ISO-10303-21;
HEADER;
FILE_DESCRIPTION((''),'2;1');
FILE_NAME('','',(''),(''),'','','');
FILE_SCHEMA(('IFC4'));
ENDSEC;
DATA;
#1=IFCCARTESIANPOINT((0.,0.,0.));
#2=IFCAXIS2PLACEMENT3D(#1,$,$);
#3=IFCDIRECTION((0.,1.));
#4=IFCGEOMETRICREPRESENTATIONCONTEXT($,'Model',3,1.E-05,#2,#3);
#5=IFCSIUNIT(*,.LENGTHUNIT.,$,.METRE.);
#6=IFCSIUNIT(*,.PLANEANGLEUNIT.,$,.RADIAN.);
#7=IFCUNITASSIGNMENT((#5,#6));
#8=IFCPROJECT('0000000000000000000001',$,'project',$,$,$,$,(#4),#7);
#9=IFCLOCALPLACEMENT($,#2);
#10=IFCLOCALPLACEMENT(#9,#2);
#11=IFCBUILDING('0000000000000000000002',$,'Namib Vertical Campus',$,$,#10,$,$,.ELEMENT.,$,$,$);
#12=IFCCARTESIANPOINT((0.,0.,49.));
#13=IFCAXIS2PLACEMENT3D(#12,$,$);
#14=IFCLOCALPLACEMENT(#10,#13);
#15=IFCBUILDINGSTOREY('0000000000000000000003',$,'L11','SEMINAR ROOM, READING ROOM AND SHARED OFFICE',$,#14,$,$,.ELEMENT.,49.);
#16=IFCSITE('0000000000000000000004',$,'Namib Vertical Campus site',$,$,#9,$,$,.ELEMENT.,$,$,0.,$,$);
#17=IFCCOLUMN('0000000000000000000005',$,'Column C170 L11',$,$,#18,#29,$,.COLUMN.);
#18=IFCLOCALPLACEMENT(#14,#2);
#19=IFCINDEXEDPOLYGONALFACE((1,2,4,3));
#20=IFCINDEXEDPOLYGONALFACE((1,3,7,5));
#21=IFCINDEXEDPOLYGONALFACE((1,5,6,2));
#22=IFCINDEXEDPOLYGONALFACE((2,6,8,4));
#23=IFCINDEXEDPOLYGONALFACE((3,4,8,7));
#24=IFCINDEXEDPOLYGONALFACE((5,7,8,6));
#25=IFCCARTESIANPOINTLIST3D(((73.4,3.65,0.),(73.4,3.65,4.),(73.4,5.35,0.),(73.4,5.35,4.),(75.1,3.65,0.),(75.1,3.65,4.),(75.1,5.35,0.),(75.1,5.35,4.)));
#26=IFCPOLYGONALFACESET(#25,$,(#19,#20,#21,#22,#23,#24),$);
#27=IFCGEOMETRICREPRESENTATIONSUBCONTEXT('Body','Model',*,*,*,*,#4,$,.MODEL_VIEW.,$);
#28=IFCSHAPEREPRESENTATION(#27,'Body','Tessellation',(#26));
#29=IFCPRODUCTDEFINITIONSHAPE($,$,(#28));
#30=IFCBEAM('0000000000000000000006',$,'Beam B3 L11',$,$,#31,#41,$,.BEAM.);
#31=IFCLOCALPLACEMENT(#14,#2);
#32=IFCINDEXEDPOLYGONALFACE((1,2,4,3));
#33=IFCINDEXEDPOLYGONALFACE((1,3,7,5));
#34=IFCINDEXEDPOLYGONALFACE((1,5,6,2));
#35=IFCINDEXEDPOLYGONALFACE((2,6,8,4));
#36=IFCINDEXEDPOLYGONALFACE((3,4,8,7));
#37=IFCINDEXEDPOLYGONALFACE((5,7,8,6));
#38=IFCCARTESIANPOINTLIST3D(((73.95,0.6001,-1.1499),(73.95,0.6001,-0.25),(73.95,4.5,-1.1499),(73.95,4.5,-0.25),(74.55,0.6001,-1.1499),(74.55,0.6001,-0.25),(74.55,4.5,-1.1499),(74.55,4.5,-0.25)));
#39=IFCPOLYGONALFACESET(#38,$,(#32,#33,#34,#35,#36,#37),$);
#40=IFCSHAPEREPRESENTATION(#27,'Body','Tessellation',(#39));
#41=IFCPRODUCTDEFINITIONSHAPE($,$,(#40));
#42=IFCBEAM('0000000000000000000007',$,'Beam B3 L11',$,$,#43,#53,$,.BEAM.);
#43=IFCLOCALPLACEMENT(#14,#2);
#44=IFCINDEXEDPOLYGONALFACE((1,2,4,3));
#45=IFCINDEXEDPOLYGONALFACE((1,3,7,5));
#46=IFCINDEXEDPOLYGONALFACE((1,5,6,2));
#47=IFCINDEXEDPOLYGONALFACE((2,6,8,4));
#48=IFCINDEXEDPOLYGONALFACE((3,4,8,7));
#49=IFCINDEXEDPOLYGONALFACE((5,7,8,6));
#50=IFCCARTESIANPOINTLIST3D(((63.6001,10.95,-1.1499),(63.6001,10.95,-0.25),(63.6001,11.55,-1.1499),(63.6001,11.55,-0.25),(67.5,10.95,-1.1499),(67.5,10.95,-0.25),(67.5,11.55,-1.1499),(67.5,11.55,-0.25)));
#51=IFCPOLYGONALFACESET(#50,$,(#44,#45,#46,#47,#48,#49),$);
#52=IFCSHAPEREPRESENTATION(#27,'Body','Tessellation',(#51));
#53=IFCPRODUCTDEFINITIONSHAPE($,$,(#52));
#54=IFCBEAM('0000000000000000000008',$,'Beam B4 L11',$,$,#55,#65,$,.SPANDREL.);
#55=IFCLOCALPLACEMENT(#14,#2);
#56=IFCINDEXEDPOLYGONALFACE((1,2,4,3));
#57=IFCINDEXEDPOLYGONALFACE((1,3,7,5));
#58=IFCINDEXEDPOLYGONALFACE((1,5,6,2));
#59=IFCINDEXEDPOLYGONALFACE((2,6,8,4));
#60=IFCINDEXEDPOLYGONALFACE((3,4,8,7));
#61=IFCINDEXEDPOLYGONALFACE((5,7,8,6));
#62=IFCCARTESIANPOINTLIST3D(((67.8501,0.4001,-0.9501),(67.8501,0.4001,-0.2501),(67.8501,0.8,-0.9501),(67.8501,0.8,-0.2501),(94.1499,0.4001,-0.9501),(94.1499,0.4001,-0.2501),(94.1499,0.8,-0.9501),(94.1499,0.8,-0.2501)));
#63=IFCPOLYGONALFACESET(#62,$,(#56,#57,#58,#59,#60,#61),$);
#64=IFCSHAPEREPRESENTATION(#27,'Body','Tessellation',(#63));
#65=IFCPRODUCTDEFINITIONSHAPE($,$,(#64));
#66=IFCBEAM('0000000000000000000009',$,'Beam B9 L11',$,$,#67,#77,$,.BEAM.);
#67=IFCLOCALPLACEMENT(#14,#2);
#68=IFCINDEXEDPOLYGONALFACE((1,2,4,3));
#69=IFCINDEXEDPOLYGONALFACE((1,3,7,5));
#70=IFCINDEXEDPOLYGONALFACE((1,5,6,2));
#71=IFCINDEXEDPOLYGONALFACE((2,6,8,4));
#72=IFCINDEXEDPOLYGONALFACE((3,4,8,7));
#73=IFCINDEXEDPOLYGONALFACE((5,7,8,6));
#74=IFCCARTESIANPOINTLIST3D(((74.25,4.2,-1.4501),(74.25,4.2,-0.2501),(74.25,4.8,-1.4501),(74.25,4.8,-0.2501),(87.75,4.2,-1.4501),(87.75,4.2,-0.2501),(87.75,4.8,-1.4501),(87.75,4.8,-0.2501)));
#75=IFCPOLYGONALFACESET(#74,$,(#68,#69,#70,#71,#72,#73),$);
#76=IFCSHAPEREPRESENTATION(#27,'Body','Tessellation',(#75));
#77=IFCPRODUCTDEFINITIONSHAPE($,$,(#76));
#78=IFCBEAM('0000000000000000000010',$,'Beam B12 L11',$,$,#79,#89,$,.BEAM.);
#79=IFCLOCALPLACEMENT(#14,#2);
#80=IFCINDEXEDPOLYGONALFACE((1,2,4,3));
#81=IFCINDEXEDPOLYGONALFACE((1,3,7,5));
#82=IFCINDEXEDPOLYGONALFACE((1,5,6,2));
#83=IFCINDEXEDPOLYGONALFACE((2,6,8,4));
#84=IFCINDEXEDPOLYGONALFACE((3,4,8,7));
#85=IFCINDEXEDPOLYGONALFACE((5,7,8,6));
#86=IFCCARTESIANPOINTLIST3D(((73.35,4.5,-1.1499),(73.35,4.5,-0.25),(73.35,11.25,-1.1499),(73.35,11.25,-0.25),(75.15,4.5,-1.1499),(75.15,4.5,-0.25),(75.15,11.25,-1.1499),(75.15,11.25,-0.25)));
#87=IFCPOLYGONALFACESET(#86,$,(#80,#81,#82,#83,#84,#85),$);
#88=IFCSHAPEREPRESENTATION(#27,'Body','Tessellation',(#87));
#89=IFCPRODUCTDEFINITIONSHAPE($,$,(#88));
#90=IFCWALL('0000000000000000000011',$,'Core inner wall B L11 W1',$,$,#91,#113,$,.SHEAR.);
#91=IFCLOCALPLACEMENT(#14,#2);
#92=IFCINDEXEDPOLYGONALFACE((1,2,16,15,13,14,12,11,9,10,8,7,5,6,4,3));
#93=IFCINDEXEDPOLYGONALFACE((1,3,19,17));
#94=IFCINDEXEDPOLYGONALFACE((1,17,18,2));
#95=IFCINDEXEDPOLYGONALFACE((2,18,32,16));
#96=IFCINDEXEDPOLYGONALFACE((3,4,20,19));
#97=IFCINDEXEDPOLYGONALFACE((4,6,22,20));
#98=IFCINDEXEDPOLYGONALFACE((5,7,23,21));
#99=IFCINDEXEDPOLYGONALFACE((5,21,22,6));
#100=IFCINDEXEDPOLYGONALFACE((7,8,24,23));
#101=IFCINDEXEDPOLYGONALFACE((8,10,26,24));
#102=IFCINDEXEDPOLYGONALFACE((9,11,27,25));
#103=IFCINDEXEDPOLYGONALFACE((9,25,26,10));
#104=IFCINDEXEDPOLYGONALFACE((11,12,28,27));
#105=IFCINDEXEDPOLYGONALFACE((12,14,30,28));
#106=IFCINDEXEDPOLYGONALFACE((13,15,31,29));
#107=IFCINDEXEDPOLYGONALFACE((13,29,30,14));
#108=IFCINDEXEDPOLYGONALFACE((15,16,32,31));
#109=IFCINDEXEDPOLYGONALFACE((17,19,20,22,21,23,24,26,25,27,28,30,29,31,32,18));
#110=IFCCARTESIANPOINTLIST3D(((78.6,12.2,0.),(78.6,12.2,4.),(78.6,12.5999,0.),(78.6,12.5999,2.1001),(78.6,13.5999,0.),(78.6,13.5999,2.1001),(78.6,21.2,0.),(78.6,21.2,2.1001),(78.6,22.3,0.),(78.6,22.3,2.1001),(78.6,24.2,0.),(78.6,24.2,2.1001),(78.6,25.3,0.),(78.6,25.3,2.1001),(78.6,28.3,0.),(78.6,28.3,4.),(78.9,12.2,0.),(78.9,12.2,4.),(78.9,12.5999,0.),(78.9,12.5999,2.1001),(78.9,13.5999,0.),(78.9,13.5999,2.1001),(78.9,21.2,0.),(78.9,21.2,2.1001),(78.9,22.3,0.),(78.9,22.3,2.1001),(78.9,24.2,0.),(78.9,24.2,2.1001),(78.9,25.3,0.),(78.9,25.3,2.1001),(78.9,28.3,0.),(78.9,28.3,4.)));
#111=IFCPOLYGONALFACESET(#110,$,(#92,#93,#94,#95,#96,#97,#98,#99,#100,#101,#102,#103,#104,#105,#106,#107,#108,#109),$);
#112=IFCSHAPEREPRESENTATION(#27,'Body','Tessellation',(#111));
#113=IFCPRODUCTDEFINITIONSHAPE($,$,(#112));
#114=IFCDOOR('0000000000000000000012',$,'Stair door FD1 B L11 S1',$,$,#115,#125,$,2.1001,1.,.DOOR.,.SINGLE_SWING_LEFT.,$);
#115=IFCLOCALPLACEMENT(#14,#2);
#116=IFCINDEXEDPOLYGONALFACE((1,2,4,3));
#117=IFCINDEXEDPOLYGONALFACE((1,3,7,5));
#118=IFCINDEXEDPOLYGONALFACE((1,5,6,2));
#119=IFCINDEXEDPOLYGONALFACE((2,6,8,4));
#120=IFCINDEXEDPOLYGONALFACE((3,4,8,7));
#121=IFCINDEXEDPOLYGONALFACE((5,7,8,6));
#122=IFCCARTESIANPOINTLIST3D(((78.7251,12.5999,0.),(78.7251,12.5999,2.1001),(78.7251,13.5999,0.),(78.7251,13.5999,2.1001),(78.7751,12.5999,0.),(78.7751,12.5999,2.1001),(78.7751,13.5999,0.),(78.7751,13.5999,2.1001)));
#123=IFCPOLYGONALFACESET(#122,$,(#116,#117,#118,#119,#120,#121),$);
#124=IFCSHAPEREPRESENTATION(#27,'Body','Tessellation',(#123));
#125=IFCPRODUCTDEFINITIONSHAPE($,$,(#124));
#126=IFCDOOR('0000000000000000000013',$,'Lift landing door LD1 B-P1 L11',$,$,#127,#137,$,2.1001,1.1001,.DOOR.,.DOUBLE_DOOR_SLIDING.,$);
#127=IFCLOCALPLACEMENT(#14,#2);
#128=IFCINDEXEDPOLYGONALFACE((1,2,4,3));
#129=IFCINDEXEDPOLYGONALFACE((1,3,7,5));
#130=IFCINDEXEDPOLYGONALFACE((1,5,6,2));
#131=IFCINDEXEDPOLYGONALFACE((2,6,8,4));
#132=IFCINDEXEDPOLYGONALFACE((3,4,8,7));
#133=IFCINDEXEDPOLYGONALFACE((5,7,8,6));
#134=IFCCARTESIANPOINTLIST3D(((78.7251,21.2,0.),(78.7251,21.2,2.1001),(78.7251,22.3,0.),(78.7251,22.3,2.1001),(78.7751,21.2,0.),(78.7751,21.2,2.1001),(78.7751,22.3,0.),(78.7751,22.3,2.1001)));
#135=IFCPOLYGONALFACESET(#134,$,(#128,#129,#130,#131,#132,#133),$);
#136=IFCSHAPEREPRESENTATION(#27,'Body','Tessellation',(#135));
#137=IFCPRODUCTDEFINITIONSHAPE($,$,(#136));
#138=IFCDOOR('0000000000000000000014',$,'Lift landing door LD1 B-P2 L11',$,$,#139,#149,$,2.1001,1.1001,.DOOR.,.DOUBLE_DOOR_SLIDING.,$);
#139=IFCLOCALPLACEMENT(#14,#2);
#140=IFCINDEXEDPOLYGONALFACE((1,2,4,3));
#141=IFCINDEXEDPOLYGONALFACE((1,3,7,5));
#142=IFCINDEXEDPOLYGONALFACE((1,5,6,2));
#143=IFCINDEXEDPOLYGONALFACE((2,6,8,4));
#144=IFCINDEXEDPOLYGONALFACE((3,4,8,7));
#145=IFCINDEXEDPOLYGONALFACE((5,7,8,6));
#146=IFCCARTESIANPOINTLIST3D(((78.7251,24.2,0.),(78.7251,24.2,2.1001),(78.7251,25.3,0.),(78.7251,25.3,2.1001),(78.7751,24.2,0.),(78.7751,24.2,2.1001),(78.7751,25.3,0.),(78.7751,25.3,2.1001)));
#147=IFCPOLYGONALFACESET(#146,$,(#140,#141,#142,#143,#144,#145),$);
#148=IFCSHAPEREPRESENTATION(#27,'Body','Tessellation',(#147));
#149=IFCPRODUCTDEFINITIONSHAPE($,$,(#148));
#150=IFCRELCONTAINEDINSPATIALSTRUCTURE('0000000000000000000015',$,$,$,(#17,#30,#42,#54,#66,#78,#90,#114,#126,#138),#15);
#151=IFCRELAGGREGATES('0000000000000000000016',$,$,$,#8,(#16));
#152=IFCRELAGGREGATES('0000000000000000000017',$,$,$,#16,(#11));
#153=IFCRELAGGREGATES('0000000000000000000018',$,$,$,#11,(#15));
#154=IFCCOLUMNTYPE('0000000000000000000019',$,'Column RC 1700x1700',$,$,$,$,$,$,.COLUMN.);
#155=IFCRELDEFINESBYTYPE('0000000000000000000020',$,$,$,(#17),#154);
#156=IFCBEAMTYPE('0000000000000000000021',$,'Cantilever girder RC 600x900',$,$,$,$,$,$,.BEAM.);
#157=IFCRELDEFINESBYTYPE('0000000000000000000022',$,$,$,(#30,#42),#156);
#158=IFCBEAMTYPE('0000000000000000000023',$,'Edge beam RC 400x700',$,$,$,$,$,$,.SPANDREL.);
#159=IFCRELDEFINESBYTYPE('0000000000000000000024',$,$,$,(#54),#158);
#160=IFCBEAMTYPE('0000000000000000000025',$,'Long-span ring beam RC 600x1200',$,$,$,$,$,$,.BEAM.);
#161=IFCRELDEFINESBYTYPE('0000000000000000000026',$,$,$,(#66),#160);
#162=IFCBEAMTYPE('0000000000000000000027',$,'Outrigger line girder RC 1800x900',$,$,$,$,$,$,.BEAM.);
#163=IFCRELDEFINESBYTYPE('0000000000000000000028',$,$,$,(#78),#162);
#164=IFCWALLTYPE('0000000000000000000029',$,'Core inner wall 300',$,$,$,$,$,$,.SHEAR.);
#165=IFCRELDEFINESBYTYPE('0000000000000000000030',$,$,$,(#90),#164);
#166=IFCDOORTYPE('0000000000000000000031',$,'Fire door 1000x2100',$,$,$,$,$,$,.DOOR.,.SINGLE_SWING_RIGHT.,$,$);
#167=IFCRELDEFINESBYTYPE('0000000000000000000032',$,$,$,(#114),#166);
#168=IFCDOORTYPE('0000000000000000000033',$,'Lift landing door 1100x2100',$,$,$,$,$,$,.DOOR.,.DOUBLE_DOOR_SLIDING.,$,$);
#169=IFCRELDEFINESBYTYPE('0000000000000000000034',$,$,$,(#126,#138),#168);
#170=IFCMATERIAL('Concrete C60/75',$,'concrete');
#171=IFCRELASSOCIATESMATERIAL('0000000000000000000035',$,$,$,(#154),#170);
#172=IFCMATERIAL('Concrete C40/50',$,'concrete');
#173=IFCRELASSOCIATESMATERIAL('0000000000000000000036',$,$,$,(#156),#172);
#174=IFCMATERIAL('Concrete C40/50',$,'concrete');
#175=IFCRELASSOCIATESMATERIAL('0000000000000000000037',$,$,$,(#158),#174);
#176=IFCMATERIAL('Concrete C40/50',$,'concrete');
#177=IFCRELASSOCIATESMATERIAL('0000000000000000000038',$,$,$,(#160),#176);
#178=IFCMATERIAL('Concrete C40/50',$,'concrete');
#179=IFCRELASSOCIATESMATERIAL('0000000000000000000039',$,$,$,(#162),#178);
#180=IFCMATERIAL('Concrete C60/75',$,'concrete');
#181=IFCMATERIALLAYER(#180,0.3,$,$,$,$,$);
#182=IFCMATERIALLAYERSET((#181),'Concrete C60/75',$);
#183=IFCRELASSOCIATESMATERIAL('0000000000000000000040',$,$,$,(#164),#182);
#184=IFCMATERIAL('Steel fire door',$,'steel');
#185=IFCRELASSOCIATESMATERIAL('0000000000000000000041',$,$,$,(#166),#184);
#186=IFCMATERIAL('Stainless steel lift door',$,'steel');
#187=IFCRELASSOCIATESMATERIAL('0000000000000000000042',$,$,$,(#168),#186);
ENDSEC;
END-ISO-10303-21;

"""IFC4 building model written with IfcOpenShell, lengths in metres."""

from ifc_helpers import new_model, si_unit, direction, frame, frame_2d, origin, origin_2d, place, context, subcontext, project, spatial, rectangle, extrude, material, layer, layer_set, material_profile, profile_set, type_object, element, fill, save


model = new_model("IFC4")

# Units and contexts
model_context = context("Model", 3, precision=1e-05, world=origin(), true_north=direction((0.0, 1.0)))
body_context = subcontext(model_context, "Body", "Model", "MODEL_VIEW")
ifc_project = project(units=[si_unit("LENGTHUNIT", "METRE"), si_unit("PLANEANGLEUNIT", "RADIAN")], contexts=[model_context])

# Site, building, storey
site_placement = place(None, origin())
site = spatial("IfcSite", under=ifc_project, at=site_placement, Name="Namib Vertical Campus site", CompositionType="ELEMENT", RefElevation=0.0)
building_placement = place(site_placement, origin())
building = spatial("IfcBuilding", under=site, at=building_placement, Name="Namib Vertical Campus", CompositionType="ELEMENT")
storey_placement = place(building_placement, frame((0.0, 0.0, 49.0)))
storey = spatial("IfcBuildingStorey", under=building, at=storey_placement, Name="L11", Description="SEMINAR ROOM, READING ROOM AND SHARED OFFICE", CompositionType="ELEMENT", Elevation=49.0)

# Column
ifc_material_1 = material(Name="Concrete C60/75", Category="concrete")
ifc_material_profile_1 = material_profile(ifc_material_1, rectangle(XDim=1.7, YDim=1.7, at=origin_2d()))
ifc_profile_set_1 = profile_set([ifc_material_profile_1], Name="Concrete C60/75")
column_type = type_object("IfcColumnType", Name="Column RC 1700x1700", PredefinedType="COLUMN", material=ifc_profile_set_1)
column_placement = place(storey_placement, frame((74.25, 4.5, 0.0), z_axis=(0.0, 0.0, 1.0), x_axis=(1.0, 0.0, 0.0)))
element("IfcColumn", 1, at=column_placement, inside=storey, type_object=column_type, Name="Column C170 L11", PredefinedType="COLUMN", context=body_context, shape_type="SweptSolid", body=[
    extrude(rectangle(XDim=1.7, YDim=1.7, at=origin_2d()), origin(), (0.0, 0.0, 1.0), 4.0),
])

# Beams
ifc_material_2 = material(Name="Concrete C40/50", Category="concrete")
ifc_material_profile_2 = material_profile(ifc_material_2, rectangle(XDim=0.6001, YDim=0.8999, at=origin_2d()))
ifc_profile_set_2 = profile_set([ifc_material_profile_2], Name="Concrete C40/50")
beam_type_1 = type_object("IfcBeamType", Name="Cantilever girder RC 600x900", PredefinedType="BEAM", material=ifc_profile_set_2)
for number, where, z_axis, x_axis, name in (
    (2, (74.25, 4.5, -0.7), (0.0, -1.0, 0.0), (1.0, 0.0, 0.0), "Beam B3 L11"),
    (3, (67.5, 11.25, -0.7), (-1.0, 0.0, 0.0), (0.0, -1.0, 0.0), "Beam B3 L11"),
):
    element("IfcBeam", number, at=place(storey_placement, frame(where, z_axis=z_axis, x_axis=x_axis)), inside=storey, type_object=beam_type_1, Name=name, PredefinedType="BEAM", context=body_context, shape_type="SweptSolid", body=[
        extrude(rectangle(XDim=0.6001, YDim=0.8999, at=origin_2d()), origin(), (0.0, 0.0, 1.0), 3.8999),
    ])
ifc_material_3 = material(Name="Concrete C40/50", Category="concrete")
ifc_material_profile_3 = material_profile(ifc_material_3, rectangle(XDim=0.3999, YDim=0.7, at=origin_2d()))
ifc_profile_set_3 = profile_set([ifc_material_profile_3], Name="Concrete C40/50")
beam_type_2 = type_object("IfcBeamType", Name="Edge beam RC 400x700", PredefinedType="SPANDREL", material=ifc_profile_set_3)
beam_1_placement = place(storey_placement, frame((67.8501, 0.6001, -0.6001), z_axis=(1.0, 0.0, 0.0), x_axis=(0.0, 1.0, 0.0)))
element("IfcBeam", 4, at=beam_1_placement, inside=storey, type_object=beam_type_2, Name="Beam B4 L11", PredefinedType="SPANDREL", context=body_context, shape_type="SweptSolid", body=[
    extrude(rectangle(XDim=0.3999, YDim=0.7, at=origin_2d()), origin(), (0.0, 0.0, 1.0), 26.2998),
])
ifc_material_4 = material(Name="Concrete C40/50", Category="concrete")
ifc_material_profile_4 = material_profile(ifc_material_4, rectangle(XDim=0.6001, YDim=1.2, at=origin_2d()))
ifc_profile_set_4 = profile_set([ifc_material_profile_4], Name="Concrete C40/50")
beam_type_3 = type_object("IfcBeamType", Name="Long-span ring beam RC 600x1200", PredefinedType="BEAM", material=ifc_profile_set_4)
beam_2_placement = place(storey_placement, frame((74.25, 4.5, -0.8501), z_axis=(1.0, 0.0, 0.0), x_axis=(0.0, 1.0, 0.0)))
element("IfcBeam", 5, at=beam_2_placement, inside=storey, type_object=beam_type_3, Name="Beam B9 L11", PredefinedType="BEAM", context=body_context, shape_type="SweptSolid", body=[
    extrude(rectangle(XDim=0.6001, YDim=1.2, at=origin_2d()), origin(), (0.0, 0.0, 1.0), 13.5),
])
ifc_material_5 = material(Name="Concrete C40/50", Category="concrete")
ifc_material_profile_5 = material_profile(ifc_material_5, rectangle(XDim=1.8, YDim=0.8999, at=origin_2d()))
ifc_profile_set_5 = profile_set([ifc_material_profile_5], Name="Concrete C40/50")
beam_type_4 = type_object("IfcBeamType", Name="Outrigger line girder RC 1800x900", PredefinedType="BEAM", material=ifc_profile_set_5)
beam_3_placement = place(storey_placement, frame((74.25, 4.5, -0.7), z_axis=(0.0, 1.0, 0.0), x_axis=(-1.0, 0.0, 0.0)))
element("IfcBeam", 6, at=beam_3_placement, inside=storey, type_object=beam_type_4, Name="Beam B12 L11", PredefinedType="BEAM", context=body_context, shape_type="SweptSolid", body=[
    extrude(rectangle(XDim=1.8, YDim=0.8999, at=origin_2d()), origin(), (0.0, 0.0, 1.0), 6.75),
])

# Wall, openings, doors
ifc_material_6 = material(Name="Concrete C60/75", Category="concrete")
ifc_layer_1 = layer(ifc_material_6, 0.3)
ifc_layer_set_1 = layer_set([ifc_layer_1], Name="Concrete C60/75")
wall_type_1 = type_object("IfcWallType", Name="Core inner wall 300", PredefinedType="SHEAR", material=ifc_layer_set_1)
wall_1_placement = place(storey_placement, frame((78.75, 12.2, 0.0), z_axis=(0.0, 0.0, 1.0), x_axis=(0.0, 1.0, 0.0)))
wall_1 = element("IfcWall", 7, at=wall_1_placement, inside=storey, type_object=wall_type_1, Name="Core inner wall B L11 W1", PredefinedType="SHEAR", context=body_context, shape_type="SweptSolid", body=[
    extrude(rectangle(XDim=16.1001, YDim=0.3, at=frame_2d((8.05, 0.0))), origin(), (0.0, 0.0, 1.0), 4.0),
])
opening_1_placement = place(wall_1_placement, frame((0.3999, 0.0, 0.0)))
opening_1 = element("IfcOpeningElement", 8, at=opening_1_placement, cuts=wall_1, PredefinedType="OPENING", context=body_context, shape_type="SweptSolid", body=[
    extrude(rectangle(XDim=1.0, YDim=2.1001, at=frame_2d((0.5, 1.05))), frame((0.0, 0.1599, 0.0), z_axis=(0.0, -1.0, 0.0), x_axis=(1.0, 0.0, 0.0)), (0.0, 0.0, 1.0), 0.3201),
])
opening_2_placement = place(wall_1_placement, frame((9.0, 0.0, 0.0)))
opening_2 = element("IfcOpeningElement", 9, at=opening_2_placement, cuts=wall_1, PredefinedType="OPENING", context=body_context, shape_type="SweptSolid", body=[
    extrude(rectangle(XDim=1.1001, YDim=2.1001, at=frame_2d((0.55, 1.05))), frame((0.0, 0.1599, 0.0), z_axis=(0.0, -1.0, 0.0), x_axis=(1.0, 0.0, 0.0)), (0.0, 0.0, 1.0), 0.3201),
])
opening_3_placement = place(wall_1_placement, frame((12.0, 0.0, 0.0)))
opening_3 = element("IfcOpeningElement", 10, at=opening_3_placement, cuts=wall_1, PredefinedType="OPENING", context=body_context, shape_type="SweptSolid", body=[
    extrude(rectangle(XDim=1.1001, YDim=2.1001, at=frame_2d((0.55, 1.05))), frame((0.0, 0.1599, 0.0), z_axis=(0.0, -1.0, 0.0), x_axis=(1.0, 0.0, 0.0)), (0.0, 0.0, 1.0), 0.3201),
])
ifc_material_7 = material(Name="Steel fire door", Category="steel")
door_type_1 = type_object("IfcDoorType", Name="Fire door 1000x2100", OperationType="SINGLE_SWING_RIGHT", PredefinedType="DOOR", material=ifc_material_7)
door_1_placement = place(opening_1_placement, origin())
door_1 = element("IfcDoor", 11, at=door_1_placement, inside=storey, type_object=door_type_1, Name="Stair door FD1 B L11 S1", OperationType="SINGLE_SWING_LEFT", OverallHeight=2.1001, OverallWidth=1.0, PredefinedType="DOOR", context=body_context, shape_type="SweptSolid", body=[
    extrude(rectangle(XDim=1.0, YDim=2.1001, at=frame_2d((0.5, 1.05))), frame((0.0, 0.0249, 0.0), z_axis=(0.0, -1.0, 0.0), x_axis=(1.0, 0.0, 0.0)), (0.0, 0.0, 1.0), 0.05),
])
fill(opening_1, door_1)
ifc_material_8 = material(Name="Stainless steel lift door", Category="steel")
door_type_2 = type_object("IfcDoorType", Name="Lift landing door 1100x2100", OperationType="DOUBLE_DOOR_SLIDING", PredefinedType="DOOR", material=ifc_material_8)
door_2_placement = place(opening_2_placement, origin())
door_2 = element("IfcDoor", 12, at=door_2_placement, inside=storey, type_object=door_type_2, Name="Lift landing door LD1 B-P1 L11", OperationType="DOUBLE_DOOR_SLIDING", OverallHeight=2.1001, OverallWidth=1.1001, PredefinedType="DOOR", context=body_context, shape_type="SweptSolid", body=[
    extrude(rectangle(XDim=1.1001, YDim=2.1001, at=frame_2d((0.55, 1.05))), frame((0.0, 0.0249, 0.0), z_axis=(0.0, -1.0, 0.0), x_axis=(1.0, 0.0, 0.0)), (0.0, 0.0, 1.0), 0.05),
])
fill(opening_2, door_2)
door_3_placement = place(opening_3_placement, origin())
door_3 = element("IfcDoor", 13, at=door_3_placement, inside=storey, type_object=door_type_2, Name="Lift landing door LD1 B-P2 L11", OperationType="DOUBLE_DOOR_SLIDING", OverallHeight=2.1001, OverallWidth=1.1001, PredefinedType="DOOR", context=body_context, shape_type="SweptSolid", body=[
    extrude(rectangle(XDim=1.1001, YDim=2.1001, at=frame_2d((0.55, 1.05))), frame((0.0, 0.0249, 0.0), z_axis=(0.0, -1.0, 0.0), x_axis=(1.0, 0.0, 0.0)), (0.0, 0.0, 1.0), 0.05),
])
fill(opening_3, door_3)

save(model, "model.ifc")
